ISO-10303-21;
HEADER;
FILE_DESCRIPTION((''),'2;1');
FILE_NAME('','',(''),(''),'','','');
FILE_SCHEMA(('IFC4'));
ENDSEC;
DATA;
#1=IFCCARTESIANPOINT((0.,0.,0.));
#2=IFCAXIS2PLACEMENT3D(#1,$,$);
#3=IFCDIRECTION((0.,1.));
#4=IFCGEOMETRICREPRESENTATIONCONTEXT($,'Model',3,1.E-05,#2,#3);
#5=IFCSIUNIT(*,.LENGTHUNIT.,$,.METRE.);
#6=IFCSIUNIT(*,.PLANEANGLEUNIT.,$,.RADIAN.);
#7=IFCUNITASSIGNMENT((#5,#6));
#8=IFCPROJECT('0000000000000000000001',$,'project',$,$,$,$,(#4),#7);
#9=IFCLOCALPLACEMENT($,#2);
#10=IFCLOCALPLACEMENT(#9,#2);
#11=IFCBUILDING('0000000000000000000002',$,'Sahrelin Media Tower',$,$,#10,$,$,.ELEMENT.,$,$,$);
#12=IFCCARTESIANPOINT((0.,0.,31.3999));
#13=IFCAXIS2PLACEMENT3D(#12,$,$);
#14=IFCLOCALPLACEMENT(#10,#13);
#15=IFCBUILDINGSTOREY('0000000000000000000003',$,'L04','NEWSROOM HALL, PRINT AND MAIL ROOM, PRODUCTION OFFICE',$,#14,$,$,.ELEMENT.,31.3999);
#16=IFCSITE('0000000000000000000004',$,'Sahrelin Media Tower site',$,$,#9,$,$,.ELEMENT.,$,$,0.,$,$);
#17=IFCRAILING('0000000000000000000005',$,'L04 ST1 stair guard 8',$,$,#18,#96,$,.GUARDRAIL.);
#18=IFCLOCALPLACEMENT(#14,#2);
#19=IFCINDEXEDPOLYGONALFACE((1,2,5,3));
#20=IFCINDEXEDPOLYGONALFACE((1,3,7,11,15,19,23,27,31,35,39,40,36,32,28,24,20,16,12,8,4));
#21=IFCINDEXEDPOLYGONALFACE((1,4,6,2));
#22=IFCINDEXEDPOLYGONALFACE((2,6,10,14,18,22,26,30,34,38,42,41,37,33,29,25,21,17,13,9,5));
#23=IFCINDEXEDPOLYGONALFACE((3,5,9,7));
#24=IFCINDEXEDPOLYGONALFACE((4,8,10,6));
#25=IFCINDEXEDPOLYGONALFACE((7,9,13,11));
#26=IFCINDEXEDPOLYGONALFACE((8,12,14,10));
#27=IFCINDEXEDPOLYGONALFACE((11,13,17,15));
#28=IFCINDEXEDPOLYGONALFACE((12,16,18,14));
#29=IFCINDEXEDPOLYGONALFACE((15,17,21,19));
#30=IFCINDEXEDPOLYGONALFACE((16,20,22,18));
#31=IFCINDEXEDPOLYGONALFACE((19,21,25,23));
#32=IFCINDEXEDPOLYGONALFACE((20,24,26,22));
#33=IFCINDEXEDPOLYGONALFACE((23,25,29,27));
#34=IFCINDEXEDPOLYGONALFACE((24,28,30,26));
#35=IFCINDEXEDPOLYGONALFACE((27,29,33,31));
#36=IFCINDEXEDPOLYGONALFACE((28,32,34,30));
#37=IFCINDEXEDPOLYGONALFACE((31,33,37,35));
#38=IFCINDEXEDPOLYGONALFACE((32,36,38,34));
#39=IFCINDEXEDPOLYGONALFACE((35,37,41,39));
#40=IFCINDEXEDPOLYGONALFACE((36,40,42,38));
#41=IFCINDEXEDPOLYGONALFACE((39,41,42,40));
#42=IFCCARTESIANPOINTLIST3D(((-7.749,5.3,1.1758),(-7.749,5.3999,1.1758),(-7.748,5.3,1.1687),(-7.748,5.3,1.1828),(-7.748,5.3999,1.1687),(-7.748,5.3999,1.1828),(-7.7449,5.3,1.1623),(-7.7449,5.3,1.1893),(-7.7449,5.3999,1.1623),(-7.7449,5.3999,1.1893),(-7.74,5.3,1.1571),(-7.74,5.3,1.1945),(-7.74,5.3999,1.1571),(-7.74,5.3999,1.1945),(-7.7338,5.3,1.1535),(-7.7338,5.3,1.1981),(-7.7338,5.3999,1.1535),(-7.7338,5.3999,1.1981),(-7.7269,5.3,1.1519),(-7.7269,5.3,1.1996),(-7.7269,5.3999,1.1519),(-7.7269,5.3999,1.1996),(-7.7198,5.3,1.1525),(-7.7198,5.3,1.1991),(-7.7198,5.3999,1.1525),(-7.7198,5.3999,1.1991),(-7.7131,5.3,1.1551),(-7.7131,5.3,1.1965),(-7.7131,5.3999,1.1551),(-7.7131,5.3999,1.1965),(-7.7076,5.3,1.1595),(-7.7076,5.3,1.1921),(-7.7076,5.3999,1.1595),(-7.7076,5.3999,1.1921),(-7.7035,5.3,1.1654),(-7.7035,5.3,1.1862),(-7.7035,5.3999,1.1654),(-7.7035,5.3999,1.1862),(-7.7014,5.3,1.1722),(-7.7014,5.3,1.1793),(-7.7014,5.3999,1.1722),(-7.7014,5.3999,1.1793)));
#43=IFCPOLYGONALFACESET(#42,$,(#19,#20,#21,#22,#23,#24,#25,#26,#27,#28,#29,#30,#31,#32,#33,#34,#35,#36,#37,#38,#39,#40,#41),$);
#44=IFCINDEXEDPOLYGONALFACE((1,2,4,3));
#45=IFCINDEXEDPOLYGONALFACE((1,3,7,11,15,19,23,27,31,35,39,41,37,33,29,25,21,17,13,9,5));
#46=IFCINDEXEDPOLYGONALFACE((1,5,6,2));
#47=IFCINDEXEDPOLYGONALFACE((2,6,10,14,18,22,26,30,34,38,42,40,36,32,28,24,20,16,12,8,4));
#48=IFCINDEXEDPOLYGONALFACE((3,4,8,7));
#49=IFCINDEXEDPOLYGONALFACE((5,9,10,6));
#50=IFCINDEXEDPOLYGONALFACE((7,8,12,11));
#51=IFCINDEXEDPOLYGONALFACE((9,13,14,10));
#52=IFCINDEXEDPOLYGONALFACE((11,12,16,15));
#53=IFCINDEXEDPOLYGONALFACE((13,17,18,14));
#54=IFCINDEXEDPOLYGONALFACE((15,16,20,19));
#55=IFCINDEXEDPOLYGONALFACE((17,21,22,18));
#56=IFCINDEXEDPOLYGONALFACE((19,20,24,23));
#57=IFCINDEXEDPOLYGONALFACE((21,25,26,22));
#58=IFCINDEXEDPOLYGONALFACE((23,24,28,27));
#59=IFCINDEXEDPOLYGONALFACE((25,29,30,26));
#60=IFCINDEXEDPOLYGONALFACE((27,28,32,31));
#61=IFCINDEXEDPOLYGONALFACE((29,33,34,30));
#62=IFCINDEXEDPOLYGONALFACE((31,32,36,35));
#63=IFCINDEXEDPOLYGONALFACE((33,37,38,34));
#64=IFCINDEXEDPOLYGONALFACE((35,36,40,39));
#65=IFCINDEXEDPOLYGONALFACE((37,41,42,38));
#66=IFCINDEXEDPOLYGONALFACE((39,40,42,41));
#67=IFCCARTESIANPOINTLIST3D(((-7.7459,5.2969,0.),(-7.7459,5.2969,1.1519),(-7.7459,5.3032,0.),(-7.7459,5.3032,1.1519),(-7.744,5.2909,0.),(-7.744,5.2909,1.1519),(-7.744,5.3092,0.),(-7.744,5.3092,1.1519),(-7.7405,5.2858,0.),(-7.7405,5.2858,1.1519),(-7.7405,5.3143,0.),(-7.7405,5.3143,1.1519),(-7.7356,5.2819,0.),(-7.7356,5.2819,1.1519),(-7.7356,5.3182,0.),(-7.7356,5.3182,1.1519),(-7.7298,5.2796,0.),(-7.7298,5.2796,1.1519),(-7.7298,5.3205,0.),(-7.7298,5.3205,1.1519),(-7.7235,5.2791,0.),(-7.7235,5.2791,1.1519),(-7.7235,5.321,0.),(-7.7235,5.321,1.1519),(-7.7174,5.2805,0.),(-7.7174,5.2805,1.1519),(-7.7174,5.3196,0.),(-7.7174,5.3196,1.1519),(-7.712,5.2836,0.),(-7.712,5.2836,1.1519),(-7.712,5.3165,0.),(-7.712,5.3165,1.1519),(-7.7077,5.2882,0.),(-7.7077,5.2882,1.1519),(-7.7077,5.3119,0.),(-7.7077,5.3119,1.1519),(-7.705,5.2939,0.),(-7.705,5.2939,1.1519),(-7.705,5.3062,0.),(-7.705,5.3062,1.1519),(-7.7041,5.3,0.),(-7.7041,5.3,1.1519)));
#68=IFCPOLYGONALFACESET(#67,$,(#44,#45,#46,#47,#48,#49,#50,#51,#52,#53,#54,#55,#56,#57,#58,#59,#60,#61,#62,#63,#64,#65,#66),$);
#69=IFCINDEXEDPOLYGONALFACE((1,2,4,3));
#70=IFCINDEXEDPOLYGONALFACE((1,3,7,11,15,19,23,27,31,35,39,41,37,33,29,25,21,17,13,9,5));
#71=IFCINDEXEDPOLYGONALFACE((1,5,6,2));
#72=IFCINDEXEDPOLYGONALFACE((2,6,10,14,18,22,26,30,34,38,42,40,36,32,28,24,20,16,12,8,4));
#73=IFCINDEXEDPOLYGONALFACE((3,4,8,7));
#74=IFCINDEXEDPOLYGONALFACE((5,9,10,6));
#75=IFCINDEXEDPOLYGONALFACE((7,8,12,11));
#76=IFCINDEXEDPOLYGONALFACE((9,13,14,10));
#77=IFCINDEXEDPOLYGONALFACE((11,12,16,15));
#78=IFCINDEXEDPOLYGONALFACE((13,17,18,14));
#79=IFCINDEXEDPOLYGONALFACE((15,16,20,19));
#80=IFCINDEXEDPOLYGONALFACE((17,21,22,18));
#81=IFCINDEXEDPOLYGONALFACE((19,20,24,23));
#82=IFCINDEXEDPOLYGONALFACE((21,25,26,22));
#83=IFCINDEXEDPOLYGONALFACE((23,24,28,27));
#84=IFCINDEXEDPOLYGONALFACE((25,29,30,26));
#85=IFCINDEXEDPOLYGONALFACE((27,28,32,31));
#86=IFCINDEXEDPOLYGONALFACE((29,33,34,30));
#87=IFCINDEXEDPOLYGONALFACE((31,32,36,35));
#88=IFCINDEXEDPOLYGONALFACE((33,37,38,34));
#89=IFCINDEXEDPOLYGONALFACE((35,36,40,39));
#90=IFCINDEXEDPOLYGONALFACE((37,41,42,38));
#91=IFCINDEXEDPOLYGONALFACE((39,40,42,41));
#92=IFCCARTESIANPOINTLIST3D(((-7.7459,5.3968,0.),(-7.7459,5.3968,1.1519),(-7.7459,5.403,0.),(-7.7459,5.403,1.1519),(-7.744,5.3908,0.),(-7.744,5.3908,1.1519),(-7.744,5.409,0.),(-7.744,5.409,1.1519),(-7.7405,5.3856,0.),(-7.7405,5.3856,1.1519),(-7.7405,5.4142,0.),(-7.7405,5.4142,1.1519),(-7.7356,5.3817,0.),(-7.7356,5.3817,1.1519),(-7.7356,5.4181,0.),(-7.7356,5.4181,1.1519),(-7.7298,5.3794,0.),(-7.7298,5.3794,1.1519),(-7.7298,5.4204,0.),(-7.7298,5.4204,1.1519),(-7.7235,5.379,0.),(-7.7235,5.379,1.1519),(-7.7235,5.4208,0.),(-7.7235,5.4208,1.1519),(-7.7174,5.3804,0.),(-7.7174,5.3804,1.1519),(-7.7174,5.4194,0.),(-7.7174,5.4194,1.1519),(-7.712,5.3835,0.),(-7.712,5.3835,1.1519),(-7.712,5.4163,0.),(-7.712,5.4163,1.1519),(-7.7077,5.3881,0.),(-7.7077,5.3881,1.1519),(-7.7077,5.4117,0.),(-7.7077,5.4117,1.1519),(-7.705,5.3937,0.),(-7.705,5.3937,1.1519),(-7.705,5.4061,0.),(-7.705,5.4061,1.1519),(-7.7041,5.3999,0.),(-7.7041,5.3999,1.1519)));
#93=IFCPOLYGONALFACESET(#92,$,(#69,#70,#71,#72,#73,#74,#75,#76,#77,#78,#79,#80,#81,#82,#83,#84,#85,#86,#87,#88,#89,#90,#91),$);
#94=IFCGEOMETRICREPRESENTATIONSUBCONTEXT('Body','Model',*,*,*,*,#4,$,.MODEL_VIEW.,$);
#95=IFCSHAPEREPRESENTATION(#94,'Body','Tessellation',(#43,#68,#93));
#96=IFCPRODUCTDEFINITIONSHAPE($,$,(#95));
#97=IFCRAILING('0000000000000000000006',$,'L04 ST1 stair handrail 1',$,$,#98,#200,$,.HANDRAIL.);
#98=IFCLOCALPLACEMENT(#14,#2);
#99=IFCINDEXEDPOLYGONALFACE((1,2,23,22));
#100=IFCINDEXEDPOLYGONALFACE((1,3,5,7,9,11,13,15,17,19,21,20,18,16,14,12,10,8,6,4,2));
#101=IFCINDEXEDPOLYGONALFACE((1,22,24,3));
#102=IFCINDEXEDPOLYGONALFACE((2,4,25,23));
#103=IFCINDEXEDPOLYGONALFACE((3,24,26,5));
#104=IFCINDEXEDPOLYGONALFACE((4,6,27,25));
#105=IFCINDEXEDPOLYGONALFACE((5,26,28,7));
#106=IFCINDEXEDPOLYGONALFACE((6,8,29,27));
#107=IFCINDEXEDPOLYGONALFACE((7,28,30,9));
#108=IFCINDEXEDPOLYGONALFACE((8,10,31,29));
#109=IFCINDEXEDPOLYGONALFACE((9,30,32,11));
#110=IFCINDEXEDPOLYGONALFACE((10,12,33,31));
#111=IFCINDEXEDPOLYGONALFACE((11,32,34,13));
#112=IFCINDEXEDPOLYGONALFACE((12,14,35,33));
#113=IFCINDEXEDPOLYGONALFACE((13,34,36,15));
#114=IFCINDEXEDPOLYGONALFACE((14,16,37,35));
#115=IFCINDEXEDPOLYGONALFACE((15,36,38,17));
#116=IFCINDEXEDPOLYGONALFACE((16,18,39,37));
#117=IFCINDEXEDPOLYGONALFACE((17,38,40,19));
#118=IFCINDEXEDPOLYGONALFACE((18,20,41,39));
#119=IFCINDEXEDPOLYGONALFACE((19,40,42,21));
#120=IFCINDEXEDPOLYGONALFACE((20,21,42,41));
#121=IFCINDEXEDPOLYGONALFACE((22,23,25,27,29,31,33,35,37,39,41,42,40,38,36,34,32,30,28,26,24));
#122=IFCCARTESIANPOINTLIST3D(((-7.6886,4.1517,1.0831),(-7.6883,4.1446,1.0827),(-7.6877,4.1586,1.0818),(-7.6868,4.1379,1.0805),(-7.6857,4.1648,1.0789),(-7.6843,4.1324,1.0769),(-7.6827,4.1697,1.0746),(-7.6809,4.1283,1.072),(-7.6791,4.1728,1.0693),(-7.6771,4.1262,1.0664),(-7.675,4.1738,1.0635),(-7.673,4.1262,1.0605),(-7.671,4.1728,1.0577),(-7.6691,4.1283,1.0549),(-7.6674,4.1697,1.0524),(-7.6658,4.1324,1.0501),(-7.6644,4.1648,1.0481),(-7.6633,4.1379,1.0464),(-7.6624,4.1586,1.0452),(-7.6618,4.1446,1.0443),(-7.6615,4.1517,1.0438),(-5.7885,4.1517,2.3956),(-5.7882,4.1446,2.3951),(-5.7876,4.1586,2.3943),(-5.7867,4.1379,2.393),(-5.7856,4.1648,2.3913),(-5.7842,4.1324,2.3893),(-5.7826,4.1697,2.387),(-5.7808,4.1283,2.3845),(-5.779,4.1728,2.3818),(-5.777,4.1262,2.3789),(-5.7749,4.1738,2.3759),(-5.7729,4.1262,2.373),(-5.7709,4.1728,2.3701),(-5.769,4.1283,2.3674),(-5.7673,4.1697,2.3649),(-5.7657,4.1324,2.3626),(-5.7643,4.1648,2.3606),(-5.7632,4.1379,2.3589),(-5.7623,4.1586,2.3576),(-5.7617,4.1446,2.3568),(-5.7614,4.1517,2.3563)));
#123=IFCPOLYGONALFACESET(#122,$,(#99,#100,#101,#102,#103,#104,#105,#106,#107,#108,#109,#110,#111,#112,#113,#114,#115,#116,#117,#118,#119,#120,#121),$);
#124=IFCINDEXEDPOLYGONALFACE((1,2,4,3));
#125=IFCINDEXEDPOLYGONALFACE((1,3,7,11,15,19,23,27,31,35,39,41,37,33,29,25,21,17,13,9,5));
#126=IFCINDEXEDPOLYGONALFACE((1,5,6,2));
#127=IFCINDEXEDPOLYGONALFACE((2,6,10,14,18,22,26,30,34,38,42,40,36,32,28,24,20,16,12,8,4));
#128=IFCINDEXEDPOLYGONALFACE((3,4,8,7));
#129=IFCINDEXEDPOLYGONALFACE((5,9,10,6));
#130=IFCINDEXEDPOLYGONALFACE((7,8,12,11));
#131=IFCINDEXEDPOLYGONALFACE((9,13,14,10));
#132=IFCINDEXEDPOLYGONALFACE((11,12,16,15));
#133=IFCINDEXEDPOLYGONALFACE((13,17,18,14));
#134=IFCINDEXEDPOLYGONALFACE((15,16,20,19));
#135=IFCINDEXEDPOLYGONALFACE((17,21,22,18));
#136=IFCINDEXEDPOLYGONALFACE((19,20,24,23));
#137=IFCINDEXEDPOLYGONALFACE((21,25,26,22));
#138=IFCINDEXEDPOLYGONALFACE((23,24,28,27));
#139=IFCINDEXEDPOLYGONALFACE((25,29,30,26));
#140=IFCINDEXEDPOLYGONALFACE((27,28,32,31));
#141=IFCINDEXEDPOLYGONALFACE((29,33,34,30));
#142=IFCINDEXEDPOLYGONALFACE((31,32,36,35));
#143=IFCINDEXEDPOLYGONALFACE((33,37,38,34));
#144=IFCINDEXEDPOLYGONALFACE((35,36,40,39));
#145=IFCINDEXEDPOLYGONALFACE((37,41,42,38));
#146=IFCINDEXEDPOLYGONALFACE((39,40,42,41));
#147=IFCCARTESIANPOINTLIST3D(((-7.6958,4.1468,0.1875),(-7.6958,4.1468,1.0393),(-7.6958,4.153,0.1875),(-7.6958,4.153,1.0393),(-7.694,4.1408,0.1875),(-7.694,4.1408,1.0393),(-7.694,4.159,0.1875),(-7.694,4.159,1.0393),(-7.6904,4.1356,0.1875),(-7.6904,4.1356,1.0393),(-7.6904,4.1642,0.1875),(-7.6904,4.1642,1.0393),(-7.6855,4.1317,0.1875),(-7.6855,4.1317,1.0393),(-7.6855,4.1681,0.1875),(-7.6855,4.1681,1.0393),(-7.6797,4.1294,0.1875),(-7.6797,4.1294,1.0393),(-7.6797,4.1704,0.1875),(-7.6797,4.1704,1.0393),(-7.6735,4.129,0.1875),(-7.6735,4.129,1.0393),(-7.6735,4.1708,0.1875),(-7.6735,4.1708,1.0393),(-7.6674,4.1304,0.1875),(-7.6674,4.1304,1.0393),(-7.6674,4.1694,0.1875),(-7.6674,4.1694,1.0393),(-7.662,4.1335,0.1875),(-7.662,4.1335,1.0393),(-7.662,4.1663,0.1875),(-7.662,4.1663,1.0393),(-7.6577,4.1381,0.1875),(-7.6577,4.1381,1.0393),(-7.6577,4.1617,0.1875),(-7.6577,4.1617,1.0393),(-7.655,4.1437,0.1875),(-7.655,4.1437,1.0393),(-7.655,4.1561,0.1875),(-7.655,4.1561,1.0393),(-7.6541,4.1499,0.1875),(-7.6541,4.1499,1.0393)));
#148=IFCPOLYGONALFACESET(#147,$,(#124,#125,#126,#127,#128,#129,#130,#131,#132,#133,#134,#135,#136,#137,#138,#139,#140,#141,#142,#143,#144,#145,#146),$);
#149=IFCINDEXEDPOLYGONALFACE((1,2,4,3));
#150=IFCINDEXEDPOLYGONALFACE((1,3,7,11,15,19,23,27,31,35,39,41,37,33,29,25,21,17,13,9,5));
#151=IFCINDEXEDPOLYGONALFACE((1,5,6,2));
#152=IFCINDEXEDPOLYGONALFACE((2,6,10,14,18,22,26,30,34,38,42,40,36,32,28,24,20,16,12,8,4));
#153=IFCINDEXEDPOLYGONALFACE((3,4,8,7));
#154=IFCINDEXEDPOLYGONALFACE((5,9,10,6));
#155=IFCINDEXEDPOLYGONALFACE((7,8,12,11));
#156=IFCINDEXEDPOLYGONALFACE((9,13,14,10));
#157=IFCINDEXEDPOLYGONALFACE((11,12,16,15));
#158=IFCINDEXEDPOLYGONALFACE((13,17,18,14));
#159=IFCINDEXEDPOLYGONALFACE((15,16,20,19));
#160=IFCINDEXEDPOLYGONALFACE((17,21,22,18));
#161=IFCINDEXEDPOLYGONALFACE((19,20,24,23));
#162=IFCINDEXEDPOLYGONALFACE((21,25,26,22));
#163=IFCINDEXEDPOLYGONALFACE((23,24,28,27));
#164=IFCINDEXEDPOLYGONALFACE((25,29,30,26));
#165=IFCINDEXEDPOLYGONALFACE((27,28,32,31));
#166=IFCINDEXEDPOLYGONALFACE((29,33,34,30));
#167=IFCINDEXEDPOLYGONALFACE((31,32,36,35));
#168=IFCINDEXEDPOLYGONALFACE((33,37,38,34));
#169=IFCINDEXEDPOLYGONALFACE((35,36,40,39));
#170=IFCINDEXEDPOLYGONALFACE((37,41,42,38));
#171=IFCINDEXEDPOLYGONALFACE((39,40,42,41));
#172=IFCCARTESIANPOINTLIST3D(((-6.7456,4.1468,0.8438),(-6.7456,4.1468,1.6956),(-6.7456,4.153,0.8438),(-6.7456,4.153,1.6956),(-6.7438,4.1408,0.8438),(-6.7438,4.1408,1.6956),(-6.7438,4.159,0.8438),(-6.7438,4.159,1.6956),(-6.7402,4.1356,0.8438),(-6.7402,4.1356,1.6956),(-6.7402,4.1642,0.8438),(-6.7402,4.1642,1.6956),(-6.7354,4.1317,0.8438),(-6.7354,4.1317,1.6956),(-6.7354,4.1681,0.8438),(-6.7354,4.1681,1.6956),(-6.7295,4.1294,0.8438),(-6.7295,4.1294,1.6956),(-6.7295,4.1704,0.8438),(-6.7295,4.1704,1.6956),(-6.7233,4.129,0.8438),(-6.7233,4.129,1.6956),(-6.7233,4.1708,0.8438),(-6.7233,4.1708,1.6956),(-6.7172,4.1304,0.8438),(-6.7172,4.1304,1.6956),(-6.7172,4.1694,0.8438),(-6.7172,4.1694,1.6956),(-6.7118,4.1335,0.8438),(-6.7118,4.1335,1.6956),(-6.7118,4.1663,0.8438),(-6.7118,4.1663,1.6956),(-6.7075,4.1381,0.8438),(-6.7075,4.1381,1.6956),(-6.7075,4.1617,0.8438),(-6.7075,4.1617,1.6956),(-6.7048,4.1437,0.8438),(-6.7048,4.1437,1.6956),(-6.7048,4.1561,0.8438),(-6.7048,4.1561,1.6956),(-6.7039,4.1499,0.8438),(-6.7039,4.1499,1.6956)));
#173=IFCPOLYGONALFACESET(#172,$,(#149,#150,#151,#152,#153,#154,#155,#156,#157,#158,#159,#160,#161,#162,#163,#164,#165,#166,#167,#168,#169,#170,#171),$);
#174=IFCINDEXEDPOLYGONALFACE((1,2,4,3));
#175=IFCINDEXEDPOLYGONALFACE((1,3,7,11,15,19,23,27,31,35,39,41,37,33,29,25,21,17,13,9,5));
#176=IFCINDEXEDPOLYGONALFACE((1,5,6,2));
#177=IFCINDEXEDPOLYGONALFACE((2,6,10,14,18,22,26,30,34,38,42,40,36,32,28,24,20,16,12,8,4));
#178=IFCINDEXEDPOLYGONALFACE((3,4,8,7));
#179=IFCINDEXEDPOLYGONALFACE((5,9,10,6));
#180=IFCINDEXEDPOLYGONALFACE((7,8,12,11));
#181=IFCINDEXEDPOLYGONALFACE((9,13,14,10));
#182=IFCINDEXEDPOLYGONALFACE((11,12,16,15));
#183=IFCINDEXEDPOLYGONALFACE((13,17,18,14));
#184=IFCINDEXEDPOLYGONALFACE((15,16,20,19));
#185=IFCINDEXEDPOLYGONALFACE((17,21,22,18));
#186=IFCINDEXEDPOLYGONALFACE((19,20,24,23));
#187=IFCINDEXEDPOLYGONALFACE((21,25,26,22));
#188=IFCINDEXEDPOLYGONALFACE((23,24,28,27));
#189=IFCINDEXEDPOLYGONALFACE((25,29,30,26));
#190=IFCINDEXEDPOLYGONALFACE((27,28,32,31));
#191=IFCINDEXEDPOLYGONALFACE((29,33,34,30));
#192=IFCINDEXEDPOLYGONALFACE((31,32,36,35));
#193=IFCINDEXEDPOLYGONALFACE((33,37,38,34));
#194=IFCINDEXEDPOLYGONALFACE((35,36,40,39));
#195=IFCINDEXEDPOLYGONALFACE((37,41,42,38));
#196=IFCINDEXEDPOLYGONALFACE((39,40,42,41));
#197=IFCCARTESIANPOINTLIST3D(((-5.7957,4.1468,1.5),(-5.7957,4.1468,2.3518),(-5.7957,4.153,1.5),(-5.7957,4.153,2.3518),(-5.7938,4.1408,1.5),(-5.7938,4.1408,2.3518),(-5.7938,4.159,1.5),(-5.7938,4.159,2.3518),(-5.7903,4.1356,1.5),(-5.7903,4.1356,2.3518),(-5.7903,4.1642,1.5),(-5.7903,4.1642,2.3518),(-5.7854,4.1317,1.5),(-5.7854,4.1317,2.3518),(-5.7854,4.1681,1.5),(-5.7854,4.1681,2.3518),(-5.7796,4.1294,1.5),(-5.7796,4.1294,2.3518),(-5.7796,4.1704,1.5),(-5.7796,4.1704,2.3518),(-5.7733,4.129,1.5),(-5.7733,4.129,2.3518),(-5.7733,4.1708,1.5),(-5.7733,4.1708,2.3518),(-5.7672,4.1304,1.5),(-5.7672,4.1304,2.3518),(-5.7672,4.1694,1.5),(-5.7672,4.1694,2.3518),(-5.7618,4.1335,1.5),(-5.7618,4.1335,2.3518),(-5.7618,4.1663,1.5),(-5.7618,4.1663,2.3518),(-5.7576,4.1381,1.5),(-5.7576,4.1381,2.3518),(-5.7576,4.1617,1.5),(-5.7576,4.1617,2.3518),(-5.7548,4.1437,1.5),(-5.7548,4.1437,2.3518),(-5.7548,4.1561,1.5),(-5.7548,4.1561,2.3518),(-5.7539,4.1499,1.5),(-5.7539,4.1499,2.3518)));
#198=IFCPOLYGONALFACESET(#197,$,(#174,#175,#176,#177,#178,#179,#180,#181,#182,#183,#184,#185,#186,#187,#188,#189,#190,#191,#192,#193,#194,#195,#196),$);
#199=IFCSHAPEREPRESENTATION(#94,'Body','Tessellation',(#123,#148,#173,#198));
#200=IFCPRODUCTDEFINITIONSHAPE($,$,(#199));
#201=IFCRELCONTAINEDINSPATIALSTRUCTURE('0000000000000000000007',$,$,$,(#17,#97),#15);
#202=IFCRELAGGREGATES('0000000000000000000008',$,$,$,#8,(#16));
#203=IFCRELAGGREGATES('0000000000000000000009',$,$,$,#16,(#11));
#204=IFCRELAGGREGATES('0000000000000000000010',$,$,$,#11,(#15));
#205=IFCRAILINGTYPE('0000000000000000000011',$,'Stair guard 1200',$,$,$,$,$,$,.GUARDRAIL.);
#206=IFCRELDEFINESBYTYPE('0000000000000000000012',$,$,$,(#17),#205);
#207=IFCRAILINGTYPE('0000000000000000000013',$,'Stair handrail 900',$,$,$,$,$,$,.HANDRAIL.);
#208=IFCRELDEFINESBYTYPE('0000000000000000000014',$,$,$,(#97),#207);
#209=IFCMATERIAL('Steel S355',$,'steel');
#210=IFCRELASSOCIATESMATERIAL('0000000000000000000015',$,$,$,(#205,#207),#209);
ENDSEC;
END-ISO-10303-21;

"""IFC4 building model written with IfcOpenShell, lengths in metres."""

from ifc_helpers import new_model, si_unit, direction, frame, origin, origin_2d, place, context, subcontext, project, spatial, circle, extrude, material, type_object, element, save


model = new_model("IFC4")

# Units and contexts
model_context = context("Model", 3, precision=1e-05, world=origin(), true_north=direction((0.0, 1.0)))
body_context = subcontext(model_context, "Body", "Model", "MODEL_VIEW")
ifc_project = project(units=[si_unit("LENGTHUNIT", "METRE"), si_unit("PLANEANGLEUNIT", "RADIAN")], contexts=[model_context])

# Site, building, storey
site_placement = place(None, origin())
site = spatial("IfcSite", under=ifc_project, at=site_placement, Name="Sahrelin Media Tower site", CompositionType="ELEMENT", RefElevation=0.0)
building_placement = place(site_placement, origin())
building = spatial("IfcBuilding", under=site, at=building_placement, Name="Sahrelin Media Tower", CompositionType="ELEMENT")
storey_placement = place(building_placement, frame((0.0, 0.0, 31.3999)))
storey = spatial("IfcBuildingStorey", under=building, at=storey_placement, Name="L04", Description="NEWSROOM HALL, PRINT AND MAIL ROOM, PRODUCTION OFFICE", CompositionType="ELEMENT", Elevation=31.3999)

# Shared definitions
ifc_material_1 = material(Name="Steel S355", Category="steel")

# Railings
railing_type_1 = type_object("IfcRailingType", Name="Stair guard 1200", PredefinedType="GUARDRAIL", material=ifc_material_1)
railing_1_placement = place(storey_placement, frame((-7.7251, 5.3, 0.0)))
element("IfcRailing", 1, at=railing_1_placement, inside=storey, type_object=railing_type_1, Name="L04 ST1 stair guard 8", PredefinedType="GUARDRAIL", context=body_context, shape_type="SweptSolid", body=[
    extrude(circle(Radius=0.0239, at=origin_2d()), frame((0.0, 0.0, 1.1758), z_axis=(0.0, 1.0, 0.0), x_axis=(-1.0, 0.0, 0.0)), (0.0, 0.0, 1.0), 0.0999),
    extrude(circle(Radius=0.021, at=origin_2d()), origin(), (0.0, 0.0, 1.0), 1.1519),
    extrude(circle(Radius=0.021, at=origin_2d()), frame((0.0, 0.0999, 0.0)), (0.0, 0.0, 1.0), 1.1519),
])
railing_type_2 = type_object("IfcRailingType", Name="Stair handrail 900", PredefinedType="HANDRAIL", material=ifc_material_1)
for number, where, name in (
    (2, (-7.675, 4.1499, 0.1875), "L04 ST1 stair handrail 1"),
):
    element("IfcRailing", number, at=place(storey_placement, frame(where)), inside=storey, type_object=railing_type_2, Name=name, PredefinedType="HANDRAIL", context=body_context, shape_type="SweptSolid", body=[
        extrude(circle(Radius=0.0239, at=origin_2d()), frame((0.0, 0.0, 0.876), z_axis=(0.822797, 0.0, 0.568336), x_axis=(0.0, 1.0, 0.0)), (0.0, 0.0, 1.0), 2.3093),
        extrude(circle(Radius=0.021, at=origin_2d()), origin(), (0.0, 0.0, 1.0), 0.8518),
        extrude(circle(Radius=0.021, at=origin_2d()), frame((0.9502, 0.0, 0.6562)), (0.0, 0.0, 1.0), 0.8518),
        extrude(circle(Radius=0.021, at=origin_2d()), frame((1.9001, 0.0, 1.3125)), (0.0, 0.0, 1.0), 0.8518),
    ])

save(model, "model.ifc")
